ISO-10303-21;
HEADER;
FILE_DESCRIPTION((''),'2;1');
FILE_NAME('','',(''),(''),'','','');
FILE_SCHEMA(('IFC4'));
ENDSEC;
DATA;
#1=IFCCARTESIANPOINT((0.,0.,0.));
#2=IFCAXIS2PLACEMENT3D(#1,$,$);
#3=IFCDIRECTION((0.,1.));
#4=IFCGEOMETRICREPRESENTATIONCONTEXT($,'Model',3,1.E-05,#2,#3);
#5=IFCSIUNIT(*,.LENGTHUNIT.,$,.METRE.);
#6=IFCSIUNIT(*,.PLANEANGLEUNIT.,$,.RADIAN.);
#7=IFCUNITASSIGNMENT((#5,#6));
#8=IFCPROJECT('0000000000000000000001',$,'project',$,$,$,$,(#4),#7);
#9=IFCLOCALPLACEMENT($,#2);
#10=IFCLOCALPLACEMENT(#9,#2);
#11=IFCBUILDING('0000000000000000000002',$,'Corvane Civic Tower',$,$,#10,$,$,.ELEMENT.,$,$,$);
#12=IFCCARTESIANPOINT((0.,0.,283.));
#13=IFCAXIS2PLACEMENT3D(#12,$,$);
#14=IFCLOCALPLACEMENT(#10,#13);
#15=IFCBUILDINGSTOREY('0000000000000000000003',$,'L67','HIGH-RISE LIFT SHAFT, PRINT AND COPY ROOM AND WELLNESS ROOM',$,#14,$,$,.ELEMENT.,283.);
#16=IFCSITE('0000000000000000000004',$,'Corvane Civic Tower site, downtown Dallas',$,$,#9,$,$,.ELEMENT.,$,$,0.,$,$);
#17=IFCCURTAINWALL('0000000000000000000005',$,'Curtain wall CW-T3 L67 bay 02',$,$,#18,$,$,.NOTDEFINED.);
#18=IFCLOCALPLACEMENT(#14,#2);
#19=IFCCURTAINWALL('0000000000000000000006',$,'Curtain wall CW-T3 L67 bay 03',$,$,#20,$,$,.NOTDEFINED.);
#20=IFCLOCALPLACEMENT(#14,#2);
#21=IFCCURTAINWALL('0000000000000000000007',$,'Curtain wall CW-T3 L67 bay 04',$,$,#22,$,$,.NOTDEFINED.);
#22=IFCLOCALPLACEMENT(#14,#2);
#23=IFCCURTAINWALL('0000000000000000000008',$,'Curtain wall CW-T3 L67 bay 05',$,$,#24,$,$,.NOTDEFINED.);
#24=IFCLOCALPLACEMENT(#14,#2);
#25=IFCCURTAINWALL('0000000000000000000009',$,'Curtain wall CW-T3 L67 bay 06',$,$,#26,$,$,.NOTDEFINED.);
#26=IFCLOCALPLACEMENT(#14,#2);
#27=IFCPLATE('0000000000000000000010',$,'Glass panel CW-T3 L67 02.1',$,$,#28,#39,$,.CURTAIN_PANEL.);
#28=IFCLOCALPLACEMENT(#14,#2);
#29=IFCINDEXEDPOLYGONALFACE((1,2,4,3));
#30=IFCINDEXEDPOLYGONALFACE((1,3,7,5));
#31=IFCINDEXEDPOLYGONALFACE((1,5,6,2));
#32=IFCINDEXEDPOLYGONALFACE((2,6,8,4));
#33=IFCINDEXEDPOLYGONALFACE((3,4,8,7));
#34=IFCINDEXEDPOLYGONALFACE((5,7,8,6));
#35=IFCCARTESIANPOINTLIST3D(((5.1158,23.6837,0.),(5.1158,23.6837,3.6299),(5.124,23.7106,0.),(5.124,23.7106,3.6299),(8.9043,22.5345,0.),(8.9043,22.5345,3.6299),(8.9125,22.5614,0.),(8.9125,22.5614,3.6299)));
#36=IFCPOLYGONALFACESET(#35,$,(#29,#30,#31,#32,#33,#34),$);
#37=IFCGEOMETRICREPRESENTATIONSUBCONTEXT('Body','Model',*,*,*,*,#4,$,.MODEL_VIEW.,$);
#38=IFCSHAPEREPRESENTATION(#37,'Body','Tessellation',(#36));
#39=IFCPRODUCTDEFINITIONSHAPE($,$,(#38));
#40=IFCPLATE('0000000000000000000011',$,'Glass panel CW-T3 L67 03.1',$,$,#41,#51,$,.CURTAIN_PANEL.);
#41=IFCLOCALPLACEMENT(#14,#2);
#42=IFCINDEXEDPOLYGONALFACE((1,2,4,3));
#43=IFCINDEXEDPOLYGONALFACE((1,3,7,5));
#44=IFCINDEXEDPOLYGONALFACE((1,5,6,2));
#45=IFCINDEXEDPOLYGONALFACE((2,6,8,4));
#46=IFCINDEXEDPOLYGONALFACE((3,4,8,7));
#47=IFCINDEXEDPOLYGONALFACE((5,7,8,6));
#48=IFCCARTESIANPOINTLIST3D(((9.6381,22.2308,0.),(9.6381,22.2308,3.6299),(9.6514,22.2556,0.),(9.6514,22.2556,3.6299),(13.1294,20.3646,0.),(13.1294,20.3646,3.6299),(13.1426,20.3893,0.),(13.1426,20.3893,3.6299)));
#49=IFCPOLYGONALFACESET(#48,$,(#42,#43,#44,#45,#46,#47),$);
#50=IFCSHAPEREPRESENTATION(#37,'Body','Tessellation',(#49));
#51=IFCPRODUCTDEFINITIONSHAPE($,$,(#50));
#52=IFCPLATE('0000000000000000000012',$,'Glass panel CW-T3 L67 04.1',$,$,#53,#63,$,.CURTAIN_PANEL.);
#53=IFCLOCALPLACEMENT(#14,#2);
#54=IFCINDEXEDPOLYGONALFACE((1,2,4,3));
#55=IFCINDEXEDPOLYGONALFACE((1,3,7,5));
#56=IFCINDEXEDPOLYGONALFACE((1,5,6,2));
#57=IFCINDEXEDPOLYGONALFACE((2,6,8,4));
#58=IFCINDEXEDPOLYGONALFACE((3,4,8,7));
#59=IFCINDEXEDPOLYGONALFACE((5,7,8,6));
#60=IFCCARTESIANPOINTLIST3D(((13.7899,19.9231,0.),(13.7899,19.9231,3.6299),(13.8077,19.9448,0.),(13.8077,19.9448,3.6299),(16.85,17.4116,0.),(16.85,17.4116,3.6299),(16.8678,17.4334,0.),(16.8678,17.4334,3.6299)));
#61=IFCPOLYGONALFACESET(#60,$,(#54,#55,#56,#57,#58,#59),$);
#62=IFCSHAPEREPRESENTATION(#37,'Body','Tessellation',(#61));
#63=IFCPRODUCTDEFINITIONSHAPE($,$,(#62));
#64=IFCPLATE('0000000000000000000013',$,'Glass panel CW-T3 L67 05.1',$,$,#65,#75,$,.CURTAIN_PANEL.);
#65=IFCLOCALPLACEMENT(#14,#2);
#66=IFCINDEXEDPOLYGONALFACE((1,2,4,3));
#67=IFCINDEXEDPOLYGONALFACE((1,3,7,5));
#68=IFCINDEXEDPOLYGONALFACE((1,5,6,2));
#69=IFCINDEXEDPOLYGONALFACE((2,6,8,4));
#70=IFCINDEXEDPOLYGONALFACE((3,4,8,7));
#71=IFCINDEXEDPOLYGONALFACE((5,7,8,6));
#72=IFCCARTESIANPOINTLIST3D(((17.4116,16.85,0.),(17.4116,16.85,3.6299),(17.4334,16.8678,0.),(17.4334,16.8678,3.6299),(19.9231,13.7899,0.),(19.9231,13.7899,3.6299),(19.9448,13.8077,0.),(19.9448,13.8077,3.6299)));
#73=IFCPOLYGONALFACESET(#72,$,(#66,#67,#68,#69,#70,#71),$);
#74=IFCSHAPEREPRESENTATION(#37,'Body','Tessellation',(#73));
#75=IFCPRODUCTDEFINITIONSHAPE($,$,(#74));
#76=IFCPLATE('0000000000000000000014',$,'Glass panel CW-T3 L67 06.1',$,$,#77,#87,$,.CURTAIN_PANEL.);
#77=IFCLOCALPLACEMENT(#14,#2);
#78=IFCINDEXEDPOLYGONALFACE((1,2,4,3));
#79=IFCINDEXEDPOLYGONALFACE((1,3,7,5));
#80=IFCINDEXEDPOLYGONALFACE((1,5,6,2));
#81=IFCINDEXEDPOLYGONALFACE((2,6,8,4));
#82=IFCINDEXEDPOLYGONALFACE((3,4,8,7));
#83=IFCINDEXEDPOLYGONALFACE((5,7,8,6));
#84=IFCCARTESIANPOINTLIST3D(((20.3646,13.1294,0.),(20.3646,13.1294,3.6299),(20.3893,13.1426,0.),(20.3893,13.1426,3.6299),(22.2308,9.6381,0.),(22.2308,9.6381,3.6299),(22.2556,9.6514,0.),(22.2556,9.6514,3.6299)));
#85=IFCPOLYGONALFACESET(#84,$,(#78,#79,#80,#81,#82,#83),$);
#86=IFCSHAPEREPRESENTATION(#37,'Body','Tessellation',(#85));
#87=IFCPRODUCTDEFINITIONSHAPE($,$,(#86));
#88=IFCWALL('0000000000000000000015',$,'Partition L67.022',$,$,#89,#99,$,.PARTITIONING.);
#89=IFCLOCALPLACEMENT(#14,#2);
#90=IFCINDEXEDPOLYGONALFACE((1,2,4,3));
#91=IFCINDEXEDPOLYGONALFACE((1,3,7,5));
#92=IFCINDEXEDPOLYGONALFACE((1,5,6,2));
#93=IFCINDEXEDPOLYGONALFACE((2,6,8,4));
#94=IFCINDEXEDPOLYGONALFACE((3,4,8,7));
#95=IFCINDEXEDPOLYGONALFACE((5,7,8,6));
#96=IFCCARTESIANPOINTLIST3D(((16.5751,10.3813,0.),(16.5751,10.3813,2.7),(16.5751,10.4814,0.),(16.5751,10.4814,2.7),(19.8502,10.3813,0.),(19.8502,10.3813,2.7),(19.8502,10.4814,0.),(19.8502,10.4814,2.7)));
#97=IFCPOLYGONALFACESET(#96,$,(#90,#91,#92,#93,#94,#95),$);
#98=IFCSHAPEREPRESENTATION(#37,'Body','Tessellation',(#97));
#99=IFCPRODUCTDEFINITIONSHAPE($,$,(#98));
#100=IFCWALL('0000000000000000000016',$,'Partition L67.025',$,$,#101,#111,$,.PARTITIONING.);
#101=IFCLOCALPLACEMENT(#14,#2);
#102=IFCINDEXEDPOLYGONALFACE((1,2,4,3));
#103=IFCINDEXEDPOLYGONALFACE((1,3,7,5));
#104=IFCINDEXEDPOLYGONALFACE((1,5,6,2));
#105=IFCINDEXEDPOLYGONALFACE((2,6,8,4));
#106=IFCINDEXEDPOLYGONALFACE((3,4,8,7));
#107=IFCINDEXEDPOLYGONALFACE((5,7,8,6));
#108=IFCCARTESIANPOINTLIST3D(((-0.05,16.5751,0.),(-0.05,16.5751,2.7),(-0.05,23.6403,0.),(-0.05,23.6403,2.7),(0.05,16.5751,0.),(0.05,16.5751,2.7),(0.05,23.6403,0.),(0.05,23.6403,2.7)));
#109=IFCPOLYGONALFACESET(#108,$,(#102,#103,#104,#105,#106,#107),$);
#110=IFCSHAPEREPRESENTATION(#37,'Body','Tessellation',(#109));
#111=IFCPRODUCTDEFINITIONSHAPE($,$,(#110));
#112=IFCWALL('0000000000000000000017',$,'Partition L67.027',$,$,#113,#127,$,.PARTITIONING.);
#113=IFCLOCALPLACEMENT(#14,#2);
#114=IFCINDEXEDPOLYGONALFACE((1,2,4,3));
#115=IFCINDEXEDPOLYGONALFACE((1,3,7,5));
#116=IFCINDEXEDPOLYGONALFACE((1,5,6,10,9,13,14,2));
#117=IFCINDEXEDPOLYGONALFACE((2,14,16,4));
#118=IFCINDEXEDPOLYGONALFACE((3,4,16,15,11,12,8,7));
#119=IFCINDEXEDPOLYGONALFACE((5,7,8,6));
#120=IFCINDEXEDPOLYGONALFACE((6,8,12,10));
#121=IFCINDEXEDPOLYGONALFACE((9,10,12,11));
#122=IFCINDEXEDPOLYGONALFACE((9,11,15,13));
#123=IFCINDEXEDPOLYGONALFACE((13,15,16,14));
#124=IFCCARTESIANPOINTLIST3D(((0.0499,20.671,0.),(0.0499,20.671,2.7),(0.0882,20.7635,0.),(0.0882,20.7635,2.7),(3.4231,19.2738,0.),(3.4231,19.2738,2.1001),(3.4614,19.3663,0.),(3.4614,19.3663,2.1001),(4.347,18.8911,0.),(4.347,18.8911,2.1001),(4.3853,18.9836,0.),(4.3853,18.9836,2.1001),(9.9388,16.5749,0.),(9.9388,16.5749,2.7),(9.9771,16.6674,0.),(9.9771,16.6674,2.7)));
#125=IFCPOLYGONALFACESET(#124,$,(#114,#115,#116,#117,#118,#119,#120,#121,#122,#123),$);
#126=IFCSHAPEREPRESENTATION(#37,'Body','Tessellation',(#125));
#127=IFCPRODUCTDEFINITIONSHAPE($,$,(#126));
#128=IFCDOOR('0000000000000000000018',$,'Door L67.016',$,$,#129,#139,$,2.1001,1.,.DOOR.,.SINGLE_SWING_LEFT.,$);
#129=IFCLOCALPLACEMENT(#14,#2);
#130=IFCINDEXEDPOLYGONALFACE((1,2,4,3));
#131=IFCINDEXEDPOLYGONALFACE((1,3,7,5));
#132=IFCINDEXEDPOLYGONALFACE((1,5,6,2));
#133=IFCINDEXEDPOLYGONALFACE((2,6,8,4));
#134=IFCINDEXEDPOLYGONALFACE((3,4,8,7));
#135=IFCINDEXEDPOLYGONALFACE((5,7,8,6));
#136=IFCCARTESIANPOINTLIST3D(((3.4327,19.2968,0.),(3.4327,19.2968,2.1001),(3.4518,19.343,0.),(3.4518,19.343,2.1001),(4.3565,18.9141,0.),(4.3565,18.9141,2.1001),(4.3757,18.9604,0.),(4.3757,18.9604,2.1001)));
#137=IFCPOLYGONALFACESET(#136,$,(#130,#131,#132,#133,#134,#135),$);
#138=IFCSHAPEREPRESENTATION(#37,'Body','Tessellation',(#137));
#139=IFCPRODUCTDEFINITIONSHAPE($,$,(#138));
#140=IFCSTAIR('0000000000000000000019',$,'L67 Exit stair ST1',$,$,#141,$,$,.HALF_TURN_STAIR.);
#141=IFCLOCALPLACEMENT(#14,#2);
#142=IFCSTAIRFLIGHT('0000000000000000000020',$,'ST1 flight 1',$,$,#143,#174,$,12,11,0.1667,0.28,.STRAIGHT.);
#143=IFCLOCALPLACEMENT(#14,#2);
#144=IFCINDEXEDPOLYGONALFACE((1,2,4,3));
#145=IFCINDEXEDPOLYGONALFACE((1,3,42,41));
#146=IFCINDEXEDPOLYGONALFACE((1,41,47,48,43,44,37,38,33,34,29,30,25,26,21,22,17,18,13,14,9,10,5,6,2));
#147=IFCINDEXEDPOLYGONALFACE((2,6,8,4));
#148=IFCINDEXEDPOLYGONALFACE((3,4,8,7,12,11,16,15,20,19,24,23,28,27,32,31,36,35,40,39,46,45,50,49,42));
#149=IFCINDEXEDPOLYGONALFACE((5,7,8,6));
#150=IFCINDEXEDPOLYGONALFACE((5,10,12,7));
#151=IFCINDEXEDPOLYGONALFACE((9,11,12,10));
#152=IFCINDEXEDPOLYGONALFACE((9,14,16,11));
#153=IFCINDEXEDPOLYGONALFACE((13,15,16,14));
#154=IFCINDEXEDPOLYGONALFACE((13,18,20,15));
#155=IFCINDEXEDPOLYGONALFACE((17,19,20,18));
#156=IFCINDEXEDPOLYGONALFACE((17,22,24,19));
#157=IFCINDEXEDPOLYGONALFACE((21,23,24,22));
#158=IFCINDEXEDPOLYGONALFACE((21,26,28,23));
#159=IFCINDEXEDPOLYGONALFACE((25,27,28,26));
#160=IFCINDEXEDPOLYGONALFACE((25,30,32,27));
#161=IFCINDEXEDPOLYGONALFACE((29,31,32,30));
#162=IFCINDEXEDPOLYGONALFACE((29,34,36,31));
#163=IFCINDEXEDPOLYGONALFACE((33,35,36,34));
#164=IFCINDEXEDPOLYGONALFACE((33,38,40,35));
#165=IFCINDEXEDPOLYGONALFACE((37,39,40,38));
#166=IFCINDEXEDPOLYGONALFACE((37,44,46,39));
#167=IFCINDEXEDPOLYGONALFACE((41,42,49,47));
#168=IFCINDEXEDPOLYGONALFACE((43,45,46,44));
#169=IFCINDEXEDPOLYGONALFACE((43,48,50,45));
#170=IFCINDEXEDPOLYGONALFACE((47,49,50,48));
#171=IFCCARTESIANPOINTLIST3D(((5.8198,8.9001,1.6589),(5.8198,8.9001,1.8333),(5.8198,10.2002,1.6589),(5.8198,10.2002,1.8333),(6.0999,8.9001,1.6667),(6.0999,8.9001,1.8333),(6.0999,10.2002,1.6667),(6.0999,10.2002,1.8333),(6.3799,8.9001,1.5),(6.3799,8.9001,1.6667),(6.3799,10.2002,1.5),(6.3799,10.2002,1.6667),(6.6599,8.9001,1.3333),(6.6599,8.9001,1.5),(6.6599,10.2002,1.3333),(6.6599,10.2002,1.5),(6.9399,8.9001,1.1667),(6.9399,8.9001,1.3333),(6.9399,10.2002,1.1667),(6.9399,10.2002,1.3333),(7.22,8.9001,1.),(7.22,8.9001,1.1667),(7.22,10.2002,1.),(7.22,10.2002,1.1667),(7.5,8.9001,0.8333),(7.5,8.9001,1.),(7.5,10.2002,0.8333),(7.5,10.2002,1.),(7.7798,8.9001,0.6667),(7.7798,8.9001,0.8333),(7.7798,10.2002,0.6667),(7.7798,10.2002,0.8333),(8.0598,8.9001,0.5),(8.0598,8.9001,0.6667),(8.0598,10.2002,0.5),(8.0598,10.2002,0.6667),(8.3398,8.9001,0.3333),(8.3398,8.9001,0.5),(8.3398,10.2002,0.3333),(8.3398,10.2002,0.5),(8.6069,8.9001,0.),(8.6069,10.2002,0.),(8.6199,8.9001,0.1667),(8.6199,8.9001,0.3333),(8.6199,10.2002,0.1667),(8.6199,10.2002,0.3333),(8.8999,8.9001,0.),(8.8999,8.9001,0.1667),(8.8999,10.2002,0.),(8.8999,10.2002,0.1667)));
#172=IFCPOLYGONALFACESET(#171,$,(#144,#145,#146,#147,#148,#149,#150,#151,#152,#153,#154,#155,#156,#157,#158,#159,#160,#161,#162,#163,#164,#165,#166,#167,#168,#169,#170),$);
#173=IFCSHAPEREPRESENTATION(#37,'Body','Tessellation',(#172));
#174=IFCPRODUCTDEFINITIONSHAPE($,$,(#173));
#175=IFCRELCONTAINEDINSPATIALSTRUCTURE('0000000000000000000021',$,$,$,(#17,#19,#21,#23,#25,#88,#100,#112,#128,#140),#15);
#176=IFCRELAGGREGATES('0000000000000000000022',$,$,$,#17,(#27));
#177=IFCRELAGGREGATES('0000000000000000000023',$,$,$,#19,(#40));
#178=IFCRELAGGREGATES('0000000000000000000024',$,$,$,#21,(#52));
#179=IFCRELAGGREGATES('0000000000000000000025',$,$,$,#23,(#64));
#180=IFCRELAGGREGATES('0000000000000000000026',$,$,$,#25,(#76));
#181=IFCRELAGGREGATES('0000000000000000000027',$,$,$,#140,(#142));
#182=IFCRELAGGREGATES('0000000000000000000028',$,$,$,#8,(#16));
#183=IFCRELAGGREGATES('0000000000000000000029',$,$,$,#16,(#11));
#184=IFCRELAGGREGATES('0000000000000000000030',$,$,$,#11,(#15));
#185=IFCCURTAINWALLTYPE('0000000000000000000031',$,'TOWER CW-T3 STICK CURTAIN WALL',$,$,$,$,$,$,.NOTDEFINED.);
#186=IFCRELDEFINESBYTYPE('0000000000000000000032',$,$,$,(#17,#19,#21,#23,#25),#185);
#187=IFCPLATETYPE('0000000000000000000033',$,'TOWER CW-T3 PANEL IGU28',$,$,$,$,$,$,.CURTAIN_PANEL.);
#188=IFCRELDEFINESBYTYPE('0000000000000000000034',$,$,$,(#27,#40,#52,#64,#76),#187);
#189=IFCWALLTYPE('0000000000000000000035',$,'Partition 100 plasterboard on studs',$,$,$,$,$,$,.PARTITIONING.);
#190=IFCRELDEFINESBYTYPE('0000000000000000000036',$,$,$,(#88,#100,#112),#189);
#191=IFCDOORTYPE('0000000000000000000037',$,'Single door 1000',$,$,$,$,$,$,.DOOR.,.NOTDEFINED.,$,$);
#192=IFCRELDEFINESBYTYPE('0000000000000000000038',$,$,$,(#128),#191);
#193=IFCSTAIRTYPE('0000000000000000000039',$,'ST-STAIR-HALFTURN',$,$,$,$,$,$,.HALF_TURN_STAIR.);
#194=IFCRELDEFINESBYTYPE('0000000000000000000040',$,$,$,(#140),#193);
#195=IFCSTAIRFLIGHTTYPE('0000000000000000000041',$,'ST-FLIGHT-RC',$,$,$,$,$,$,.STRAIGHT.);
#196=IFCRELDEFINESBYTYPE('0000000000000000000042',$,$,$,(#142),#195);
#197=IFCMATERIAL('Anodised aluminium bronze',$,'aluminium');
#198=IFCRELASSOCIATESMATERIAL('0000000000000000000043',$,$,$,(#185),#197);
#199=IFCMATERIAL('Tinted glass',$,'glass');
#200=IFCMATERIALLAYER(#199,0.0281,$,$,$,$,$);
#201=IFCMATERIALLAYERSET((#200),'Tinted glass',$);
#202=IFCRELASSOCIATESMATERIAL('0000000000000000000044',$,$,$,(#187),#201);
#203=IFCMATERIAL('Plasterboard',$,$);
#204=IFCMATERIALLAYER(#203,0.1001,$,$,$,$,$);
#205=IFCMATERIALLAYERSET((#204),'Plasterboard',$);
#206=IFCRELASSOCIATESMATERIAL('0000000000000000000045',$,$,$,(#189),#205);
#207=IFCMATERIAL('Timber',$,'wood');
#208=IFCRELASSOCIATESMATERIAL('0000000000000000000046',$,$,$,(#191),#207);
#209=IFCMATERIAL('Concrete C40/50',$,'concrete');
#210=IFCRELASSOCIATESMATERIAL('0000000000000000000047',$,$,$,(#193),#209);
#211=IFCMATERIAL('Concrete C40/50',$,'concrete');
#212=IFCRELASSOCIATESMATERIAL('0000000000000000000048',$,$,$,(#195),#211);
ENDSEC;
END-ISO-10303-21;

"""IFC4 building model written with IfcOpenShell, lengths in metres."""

from ifc_helpers import new_model, si_unit, direction, frame, frame_2d, origin, origin_2d, place, context, subcontext, project, spatial, polyline, rectangle, outline, extrude, material, layer, layer_set, type_object, element, fill, aggregate, save


model = new_model("IFC4")

# Units and contexts
model_context = context("Model", 3, precision=1e-05, world=origin(), true_north=direction((0.0, 1.0)))
body_context = subcontext(model_context, "Body", "Model", "MODEL_VIEW")
ifc_project = project(units=[si_unit("LENGTHUNIT", "METRE"), si_unit("PLANEANGLEUNIT", "RADIAN")], contexts=[model_context])

# Site, building, storey
site_placement = place(None, origin())
site = spatial("IfcSite", under=ifc_project, at=site_placement, Name="Corvane Civic Tower site, downtown Dallas", CompositionType="ELEMENT", RefElevation=0.0)
building_placement = place(site_placement, origin())
building = spatial("IfcBuilding", under=site, at=building_placement, Name="Corvane Civic Tower", CompositionType="ELEMENT")
storey_placement = place(building_placement, frame((0.0, 0.0, 283.0)))
storey = spatial("IfcBuildingStorey", under=building, at=storey_placement, Name="L67", Description="HIGH-RISE LIFT SHAFT, PRINT AND COPY ROOM AND WELLNESS ROOM", CompositionType="ELEMENT", Elevation=283.0)

# Curtain walls
ifc_material_1 = material(Name="Anodised aluminium bronze", Category="aluminium")
curtain_wall_type = type_object("IfcCurtainWallType", Name="TOWER CW-T3 STICK CURTAIN WALL", PredefinedType="NOTDEFINED", material=ifc_material_1)
curtain_wall_1_placement = place(storey_placement, origin())
curtain_wall_1 = element("IfcCurtainWall", 1, at=curtain_wall_1_placement, inside=storey, type_object=curtain_wall_type, Name="Curtain wall CW-T3 L67 bay 02", PredefinedType="NOTDEFINED")
curtain_wall_2_placement = place(storey_placement, origin())
curtain_wall_2 = element("IfcCurtainWall", 2, at=curtain_wall_2_placement, inside=storey, type_object=curtain_wall_type, Name="Curtain wall CW-T3 L67 bay 03", PredefinedType="NOTDEFINED")
curtain_wall_3_placement = place(storey_placement, origin())
curtain_wall_3 = element("IfcCurtainWall", 3, at=curtain_wall_3_placement, inside=storey, type_object=curtain_wall_type, Name="Curtain wall CW-T3 L67 bay 04", PredefinedType="NOTDEFINED")
curtain_wall_4_placement = place(storey_placement, origin())
curtain_wall_4 = element("IfcCurtainWall", 4, at=curtain_wall_4_placement, inside=storey, type_object=curtain_wall_type, Name="Curtain wall CW-T3 L67 bay 05", PredefinedType="NOTDEFINED")
curtain_wall_5_placement = place(storey_placement, origin())
curtain_wall_5 = element("IfcCurtainWall", 5, at=curtain_wall_5_placement, inside=storey, type_object=curtain_wall_type, Name="Curtain wall CW-T3 L67 bay 06", PredefinedType="NOTDEFINED")

# Plates
ifc_material_2 = material(Name="Tinted glass", Category="glass")
ifc_layer_1 = layer(ifc_material_2, 0.0281)
ifc_layer_set_1 = layer_set([ifc_layer_1], Name="Tinted glass")
plate_type = type_object("IfcPlateType", Name="TOWER CW-T3 PANEL IGU28", PredefinedType="CURTAIN_PANEL", material=ifc_layer_set_1)
plate_1_placement = place(storey_placement, frame((7.0142, 23.1226, 0.0), z_axis=(0.0, 0.0, 1.0), x_axis=(0.956944, -0.290274, 0.0)))
plate_1 = element("IfcPlate", 6, at=plate_1_placement, type_object=plate_type, Name="Glass panel CW-T3 L67 02.1", PredefinedType="CURTAIN_PANEL", context=body_context, shape_type="SweptSolid", body=[
    extrude(rectangle(XDim=3.959, YDim=0.0281, at=origin_2d()), origin(), (0.0, 0.0, 1.0), 3.6299),
])
aggregate(curtain_wall_1, [plate_1])
plate_2_placement = place(storey_placement, frame((11.3904, 21.3101, 0.0), z_axis=(0.0, 0.0, 1.0), x_axis=(0.881908, -0.471421, 0.0)))
plate_2 = element("IfcPlate", 7, at=plate_2_placement, type_object=plate_type, Name="Glass panel CW-T3 L67 03.1", PredefinedType="CURTAIN_PANEL", context=body_context, shape_type="SweptSolid", body=[
    extrude(rectangle(XDim=3.9587, YDim=0.0281, at=origin_2d()), origin(), (0.0, 0.0, 1.0), 3.6299),
])
aggregate(curtain_wall_2, [plate_2])
plate_3_placement = place(storey_placement, frame((15.3289, 18.6782, 0.0), z_axis=(0.0, 0.0, 1.0), x_axis=(0.773001, -0.634405, 0.0)))
plate_3 = element("IfcPlate", 8, at=plate_3_placement, type_object=plate_type, Name="Glass panel CW-T3 L67 04.1", PredefinedType="CURTAIN_PANEL", context=body_context, shape_type="SweptSolid", body=[
    extrude(rectangle(XDim=3.9587, YDim=0.0281, at=origin_2d()), origin(), (0.0, 0.0, 1.0), 3.6299),
])
aggregate(curtain_wall_3, [plate_3])
plate_4_placement = place(storey_placement, frame((18.6782, 15.3289, 0.0), z_axis=(0.0, 0.0, 1.0), x_axis=(0.634405, -0.773001, 0.0)))
plate_4 = element("IfcPlate", 9, at=plate_4_placement, type_object=plate_type, Name="Glass panel CW-T3 L67 05.1", PredefinedType="CURTAIN_PANEL", context=body_context, shape_type="SweptSolid", body=[
    extrude(rectangle(XDim=3.9587, YDim=0.0281, at=origin_2d()), origin(), (0.0, 0.0, 1.0), 3.6299),
])
aggregate(curtain_wall_4, [plate_4])
plate_5_placement = place(storey_placement, frame((21.3101, 11.3904, 0.0), z_axis=(0.0, 0.0, 1.0), x_axis=(0.471421, -0.881908, 0.0)))
plate_5 = element("IfcPlate", 10, at=plate_5_placement, type_object=plate_type, Name="Glass panel CW-T3 L67 06.1", PredefinedType="CURTAIN_PANEL", context=body_context, shape_type="SweptSolid", body=[
    extrude(rectangle(XDim=3.9587, YDim=0.0281, at=origin_2d()), origin(), (0.0, 0.0, 1.0), 3.6299),
])
aggregate(curtain_wall_5, [plate_5])

# Walls
ifc_material_3 = material(Name="Plasterboard")
ifc_layer_2 = layer(ifc_material_3, 0.1001)
ifc_layer_set_2 = layer_set([ifc_layer_2], Name="Plasterboard")
wall_type = type_object("IfcWallType", Name="Partition 100 plasterboard on studs", PredefinedType="PARTITIONING", material=ifc_layer_set_2)
wall_1_placement = place(storey_placement, frame((16.575, 10.4314, 0.0), z_axis=(0.0, 0.0, 1.0), x_axis=(1.0, 0.0, 0.0)))
element("IfcWall", 11, at=wall_1_placement, inside=storey, type_object=wall_type, Name="Partition L67.022", PredefinedType="PARTITIONING", context=body_context, shape_type="SweptSolid", body=[
    extrude(rectangle(XDim=3.2751, YDim=0.1001, at=frame_2d((1.6377, 0.0))), origin(), (0.0, 0.0, 1.0), 2.7),
])
wall_2_placement = place(storey_placement, frame((0.0, 16.575, 0.0), z_axis=(0.0, 0.0, 1.0), x_axis=(0.0, 1.0, 0.0)))
element("IfcWall", 12, at=wall_2_placement, inside=storey, type_object=wall_type, Name="Partition L67.025", PredefinedType="PARTITIONING", context=body_context, shape_type="SweptSolid", body=[
    extrude(rectangle(XDim=7.0652, YDim=0.1001, at=frame_2d((3.5327, 0.0))), origin(), (0.0, 0.0, 1.0), 2.7),
])

# Wall, opening, door
wall_3_placement = place(storey_placement, frame((0.0691, 20.7173, 0.0), z_axis=(0.0, 0.0, 1.0), x_axis=(0.923877, -0.382689, 0.0)))
wall_3 = element("IfcWall", 13, at=wall_3_placement, inside=storey, type_object=wall_type, Name="Partition L67.027", PredefinedType="PARTITIONING", context=body_context, shape_type="SweptSolid", body=[
    extrude(rectangle(XDim=10.7036, YDim=0.1001, at=frame_2d((5.3518, 0.0))), origin(), (0.0, 0.0, 1.0), 2.7),
])
opening_placement = place(wall_3_placement, frame((3.6511, 0.0, 0.0)))
opening = element("IfcOpeningElement", 14, at=opening_placement, cuts=wall_3, PredefinedType="OPENING", context=body_context, shape_type="SweptSolid", body=[
    extrude(rectangle(XDim=1.0, YDim=2.1001, at=frame_2d((0.5, 1.05))), frame((0.0, 0.0601, 0.0), z_axis=(0.0, -1.0, 0.0), x_axis=(1.0, 0.0, 0.0)), (0.0, 0.0, 1.0), 0.1201),
])
ifc_material_4 = material(Name="Timber", Category="wood")
door_type = type_object("IfcDoorType", Name="Single door 1000", OperationType="NOTDEFINED", PredefinedType="DOOR", material=ifc_material_4)
door_placement = place(opening_placement, origin())
door = element("IfcDoor", 15, at=door_placement, inside=storey, type_object=door_type, Name="Door L67.016", OperationType="SINGLE_SWING_LEFT", OverallHeight=2.1001, OverallWidth=1.0, PredefinedType="DOOR", context=body_context, shape_type="SweptSolid", body=[
    extrude(rectangle(XDim=1.0, YDim=2.1001, at=frame_2d((0.5, 1.05))), frame((0.0, 0.0249, 0.0), z_axis=(0.0, -1.0, 0.0), x_axis=(1.0, 0.0, 0.0)), (0.0, 0.0, 1.0), 0.05),
])
fill(opening, door)

# Stair, stair flight
ifc_material_5 = material(Name="Concrete C40/50", Category="concrete")
stair_type = type_object("IfcStairType", Name="ST-STAIR-HALFTURN", PredefinedType="HALF_TURN_STAIR", material=ifc_material_5)
stair_placement = place(storey_placement, origin())
stair = element("IfcStair", 16, at=stair_placement, inside=storey, type_object=stair_type, Name="L67 Exit stair ST1", PredefinedType="HALF_TURN_STAIR")
ifc_material_6 = material(Name="Concrete C40/50", Category="concrete")
stair_flight_type = type_object("IfcStairFlightType", Name="ST-FLIGHT-RC", PredefinedType="STRAIGHT", material=ifc_material_6)
stair_flight_placement = place(storey_placement, frame((8.8999, 9.55, 0.0), z_axis=(0.0, 0.0, 1.0), x_axis=(-1.0, 0.0, 0.0)))
stair_flight = element("IfcStairFlight", 17, at=stair_flight_placement, type_object=stair_flight_type, Name="ST1 flight 1", NumberOfRisers=12, NumberOfTreads=11, PredefinedType="STRAIGHT", RiserHeight=0.1667, TreadLength=0.28, context=body_context, shape_type="SweptSolid", body=[
    extrude(outline(polyline([(0.0, 0.0), (0.0, 0.1667), (0.28, 0.1667), (0.28, 0.3333), (0.5601, 0.3333), (0.5601, 0.5), (0.8401, 0.5), (0.8401, 0.6667), (1.1201, 0.6667), (1.1201, 0.8333), (1.3999, 0.8333), (1.3999, 1.0), (1.6799, 1.0), (1.6799, 1.1667), (1.96, 1.1667), (1.96, 1.3333), (2.24, 1.3333), (2.24, 1.5), (2.52, 1.5), (2.52, 1.6667), (2.8, 1.6667), (2.8, 1.8333), (3.0801, 1.8333), (3.0801, 2.0), (3.0801, 1.6589), (0.293, 0.0), (0.0, 0.0)])), frame((0.0, 0.6499, 0.0), z_axis=(0.0, -1.0, 0.0), x_axis=(1.0, 0.0, 0.0)), (0.0, 0.0, 1.0), 1.3),
])
aggregate(stair, [stair_flight])

save(model, "model.ifc")
